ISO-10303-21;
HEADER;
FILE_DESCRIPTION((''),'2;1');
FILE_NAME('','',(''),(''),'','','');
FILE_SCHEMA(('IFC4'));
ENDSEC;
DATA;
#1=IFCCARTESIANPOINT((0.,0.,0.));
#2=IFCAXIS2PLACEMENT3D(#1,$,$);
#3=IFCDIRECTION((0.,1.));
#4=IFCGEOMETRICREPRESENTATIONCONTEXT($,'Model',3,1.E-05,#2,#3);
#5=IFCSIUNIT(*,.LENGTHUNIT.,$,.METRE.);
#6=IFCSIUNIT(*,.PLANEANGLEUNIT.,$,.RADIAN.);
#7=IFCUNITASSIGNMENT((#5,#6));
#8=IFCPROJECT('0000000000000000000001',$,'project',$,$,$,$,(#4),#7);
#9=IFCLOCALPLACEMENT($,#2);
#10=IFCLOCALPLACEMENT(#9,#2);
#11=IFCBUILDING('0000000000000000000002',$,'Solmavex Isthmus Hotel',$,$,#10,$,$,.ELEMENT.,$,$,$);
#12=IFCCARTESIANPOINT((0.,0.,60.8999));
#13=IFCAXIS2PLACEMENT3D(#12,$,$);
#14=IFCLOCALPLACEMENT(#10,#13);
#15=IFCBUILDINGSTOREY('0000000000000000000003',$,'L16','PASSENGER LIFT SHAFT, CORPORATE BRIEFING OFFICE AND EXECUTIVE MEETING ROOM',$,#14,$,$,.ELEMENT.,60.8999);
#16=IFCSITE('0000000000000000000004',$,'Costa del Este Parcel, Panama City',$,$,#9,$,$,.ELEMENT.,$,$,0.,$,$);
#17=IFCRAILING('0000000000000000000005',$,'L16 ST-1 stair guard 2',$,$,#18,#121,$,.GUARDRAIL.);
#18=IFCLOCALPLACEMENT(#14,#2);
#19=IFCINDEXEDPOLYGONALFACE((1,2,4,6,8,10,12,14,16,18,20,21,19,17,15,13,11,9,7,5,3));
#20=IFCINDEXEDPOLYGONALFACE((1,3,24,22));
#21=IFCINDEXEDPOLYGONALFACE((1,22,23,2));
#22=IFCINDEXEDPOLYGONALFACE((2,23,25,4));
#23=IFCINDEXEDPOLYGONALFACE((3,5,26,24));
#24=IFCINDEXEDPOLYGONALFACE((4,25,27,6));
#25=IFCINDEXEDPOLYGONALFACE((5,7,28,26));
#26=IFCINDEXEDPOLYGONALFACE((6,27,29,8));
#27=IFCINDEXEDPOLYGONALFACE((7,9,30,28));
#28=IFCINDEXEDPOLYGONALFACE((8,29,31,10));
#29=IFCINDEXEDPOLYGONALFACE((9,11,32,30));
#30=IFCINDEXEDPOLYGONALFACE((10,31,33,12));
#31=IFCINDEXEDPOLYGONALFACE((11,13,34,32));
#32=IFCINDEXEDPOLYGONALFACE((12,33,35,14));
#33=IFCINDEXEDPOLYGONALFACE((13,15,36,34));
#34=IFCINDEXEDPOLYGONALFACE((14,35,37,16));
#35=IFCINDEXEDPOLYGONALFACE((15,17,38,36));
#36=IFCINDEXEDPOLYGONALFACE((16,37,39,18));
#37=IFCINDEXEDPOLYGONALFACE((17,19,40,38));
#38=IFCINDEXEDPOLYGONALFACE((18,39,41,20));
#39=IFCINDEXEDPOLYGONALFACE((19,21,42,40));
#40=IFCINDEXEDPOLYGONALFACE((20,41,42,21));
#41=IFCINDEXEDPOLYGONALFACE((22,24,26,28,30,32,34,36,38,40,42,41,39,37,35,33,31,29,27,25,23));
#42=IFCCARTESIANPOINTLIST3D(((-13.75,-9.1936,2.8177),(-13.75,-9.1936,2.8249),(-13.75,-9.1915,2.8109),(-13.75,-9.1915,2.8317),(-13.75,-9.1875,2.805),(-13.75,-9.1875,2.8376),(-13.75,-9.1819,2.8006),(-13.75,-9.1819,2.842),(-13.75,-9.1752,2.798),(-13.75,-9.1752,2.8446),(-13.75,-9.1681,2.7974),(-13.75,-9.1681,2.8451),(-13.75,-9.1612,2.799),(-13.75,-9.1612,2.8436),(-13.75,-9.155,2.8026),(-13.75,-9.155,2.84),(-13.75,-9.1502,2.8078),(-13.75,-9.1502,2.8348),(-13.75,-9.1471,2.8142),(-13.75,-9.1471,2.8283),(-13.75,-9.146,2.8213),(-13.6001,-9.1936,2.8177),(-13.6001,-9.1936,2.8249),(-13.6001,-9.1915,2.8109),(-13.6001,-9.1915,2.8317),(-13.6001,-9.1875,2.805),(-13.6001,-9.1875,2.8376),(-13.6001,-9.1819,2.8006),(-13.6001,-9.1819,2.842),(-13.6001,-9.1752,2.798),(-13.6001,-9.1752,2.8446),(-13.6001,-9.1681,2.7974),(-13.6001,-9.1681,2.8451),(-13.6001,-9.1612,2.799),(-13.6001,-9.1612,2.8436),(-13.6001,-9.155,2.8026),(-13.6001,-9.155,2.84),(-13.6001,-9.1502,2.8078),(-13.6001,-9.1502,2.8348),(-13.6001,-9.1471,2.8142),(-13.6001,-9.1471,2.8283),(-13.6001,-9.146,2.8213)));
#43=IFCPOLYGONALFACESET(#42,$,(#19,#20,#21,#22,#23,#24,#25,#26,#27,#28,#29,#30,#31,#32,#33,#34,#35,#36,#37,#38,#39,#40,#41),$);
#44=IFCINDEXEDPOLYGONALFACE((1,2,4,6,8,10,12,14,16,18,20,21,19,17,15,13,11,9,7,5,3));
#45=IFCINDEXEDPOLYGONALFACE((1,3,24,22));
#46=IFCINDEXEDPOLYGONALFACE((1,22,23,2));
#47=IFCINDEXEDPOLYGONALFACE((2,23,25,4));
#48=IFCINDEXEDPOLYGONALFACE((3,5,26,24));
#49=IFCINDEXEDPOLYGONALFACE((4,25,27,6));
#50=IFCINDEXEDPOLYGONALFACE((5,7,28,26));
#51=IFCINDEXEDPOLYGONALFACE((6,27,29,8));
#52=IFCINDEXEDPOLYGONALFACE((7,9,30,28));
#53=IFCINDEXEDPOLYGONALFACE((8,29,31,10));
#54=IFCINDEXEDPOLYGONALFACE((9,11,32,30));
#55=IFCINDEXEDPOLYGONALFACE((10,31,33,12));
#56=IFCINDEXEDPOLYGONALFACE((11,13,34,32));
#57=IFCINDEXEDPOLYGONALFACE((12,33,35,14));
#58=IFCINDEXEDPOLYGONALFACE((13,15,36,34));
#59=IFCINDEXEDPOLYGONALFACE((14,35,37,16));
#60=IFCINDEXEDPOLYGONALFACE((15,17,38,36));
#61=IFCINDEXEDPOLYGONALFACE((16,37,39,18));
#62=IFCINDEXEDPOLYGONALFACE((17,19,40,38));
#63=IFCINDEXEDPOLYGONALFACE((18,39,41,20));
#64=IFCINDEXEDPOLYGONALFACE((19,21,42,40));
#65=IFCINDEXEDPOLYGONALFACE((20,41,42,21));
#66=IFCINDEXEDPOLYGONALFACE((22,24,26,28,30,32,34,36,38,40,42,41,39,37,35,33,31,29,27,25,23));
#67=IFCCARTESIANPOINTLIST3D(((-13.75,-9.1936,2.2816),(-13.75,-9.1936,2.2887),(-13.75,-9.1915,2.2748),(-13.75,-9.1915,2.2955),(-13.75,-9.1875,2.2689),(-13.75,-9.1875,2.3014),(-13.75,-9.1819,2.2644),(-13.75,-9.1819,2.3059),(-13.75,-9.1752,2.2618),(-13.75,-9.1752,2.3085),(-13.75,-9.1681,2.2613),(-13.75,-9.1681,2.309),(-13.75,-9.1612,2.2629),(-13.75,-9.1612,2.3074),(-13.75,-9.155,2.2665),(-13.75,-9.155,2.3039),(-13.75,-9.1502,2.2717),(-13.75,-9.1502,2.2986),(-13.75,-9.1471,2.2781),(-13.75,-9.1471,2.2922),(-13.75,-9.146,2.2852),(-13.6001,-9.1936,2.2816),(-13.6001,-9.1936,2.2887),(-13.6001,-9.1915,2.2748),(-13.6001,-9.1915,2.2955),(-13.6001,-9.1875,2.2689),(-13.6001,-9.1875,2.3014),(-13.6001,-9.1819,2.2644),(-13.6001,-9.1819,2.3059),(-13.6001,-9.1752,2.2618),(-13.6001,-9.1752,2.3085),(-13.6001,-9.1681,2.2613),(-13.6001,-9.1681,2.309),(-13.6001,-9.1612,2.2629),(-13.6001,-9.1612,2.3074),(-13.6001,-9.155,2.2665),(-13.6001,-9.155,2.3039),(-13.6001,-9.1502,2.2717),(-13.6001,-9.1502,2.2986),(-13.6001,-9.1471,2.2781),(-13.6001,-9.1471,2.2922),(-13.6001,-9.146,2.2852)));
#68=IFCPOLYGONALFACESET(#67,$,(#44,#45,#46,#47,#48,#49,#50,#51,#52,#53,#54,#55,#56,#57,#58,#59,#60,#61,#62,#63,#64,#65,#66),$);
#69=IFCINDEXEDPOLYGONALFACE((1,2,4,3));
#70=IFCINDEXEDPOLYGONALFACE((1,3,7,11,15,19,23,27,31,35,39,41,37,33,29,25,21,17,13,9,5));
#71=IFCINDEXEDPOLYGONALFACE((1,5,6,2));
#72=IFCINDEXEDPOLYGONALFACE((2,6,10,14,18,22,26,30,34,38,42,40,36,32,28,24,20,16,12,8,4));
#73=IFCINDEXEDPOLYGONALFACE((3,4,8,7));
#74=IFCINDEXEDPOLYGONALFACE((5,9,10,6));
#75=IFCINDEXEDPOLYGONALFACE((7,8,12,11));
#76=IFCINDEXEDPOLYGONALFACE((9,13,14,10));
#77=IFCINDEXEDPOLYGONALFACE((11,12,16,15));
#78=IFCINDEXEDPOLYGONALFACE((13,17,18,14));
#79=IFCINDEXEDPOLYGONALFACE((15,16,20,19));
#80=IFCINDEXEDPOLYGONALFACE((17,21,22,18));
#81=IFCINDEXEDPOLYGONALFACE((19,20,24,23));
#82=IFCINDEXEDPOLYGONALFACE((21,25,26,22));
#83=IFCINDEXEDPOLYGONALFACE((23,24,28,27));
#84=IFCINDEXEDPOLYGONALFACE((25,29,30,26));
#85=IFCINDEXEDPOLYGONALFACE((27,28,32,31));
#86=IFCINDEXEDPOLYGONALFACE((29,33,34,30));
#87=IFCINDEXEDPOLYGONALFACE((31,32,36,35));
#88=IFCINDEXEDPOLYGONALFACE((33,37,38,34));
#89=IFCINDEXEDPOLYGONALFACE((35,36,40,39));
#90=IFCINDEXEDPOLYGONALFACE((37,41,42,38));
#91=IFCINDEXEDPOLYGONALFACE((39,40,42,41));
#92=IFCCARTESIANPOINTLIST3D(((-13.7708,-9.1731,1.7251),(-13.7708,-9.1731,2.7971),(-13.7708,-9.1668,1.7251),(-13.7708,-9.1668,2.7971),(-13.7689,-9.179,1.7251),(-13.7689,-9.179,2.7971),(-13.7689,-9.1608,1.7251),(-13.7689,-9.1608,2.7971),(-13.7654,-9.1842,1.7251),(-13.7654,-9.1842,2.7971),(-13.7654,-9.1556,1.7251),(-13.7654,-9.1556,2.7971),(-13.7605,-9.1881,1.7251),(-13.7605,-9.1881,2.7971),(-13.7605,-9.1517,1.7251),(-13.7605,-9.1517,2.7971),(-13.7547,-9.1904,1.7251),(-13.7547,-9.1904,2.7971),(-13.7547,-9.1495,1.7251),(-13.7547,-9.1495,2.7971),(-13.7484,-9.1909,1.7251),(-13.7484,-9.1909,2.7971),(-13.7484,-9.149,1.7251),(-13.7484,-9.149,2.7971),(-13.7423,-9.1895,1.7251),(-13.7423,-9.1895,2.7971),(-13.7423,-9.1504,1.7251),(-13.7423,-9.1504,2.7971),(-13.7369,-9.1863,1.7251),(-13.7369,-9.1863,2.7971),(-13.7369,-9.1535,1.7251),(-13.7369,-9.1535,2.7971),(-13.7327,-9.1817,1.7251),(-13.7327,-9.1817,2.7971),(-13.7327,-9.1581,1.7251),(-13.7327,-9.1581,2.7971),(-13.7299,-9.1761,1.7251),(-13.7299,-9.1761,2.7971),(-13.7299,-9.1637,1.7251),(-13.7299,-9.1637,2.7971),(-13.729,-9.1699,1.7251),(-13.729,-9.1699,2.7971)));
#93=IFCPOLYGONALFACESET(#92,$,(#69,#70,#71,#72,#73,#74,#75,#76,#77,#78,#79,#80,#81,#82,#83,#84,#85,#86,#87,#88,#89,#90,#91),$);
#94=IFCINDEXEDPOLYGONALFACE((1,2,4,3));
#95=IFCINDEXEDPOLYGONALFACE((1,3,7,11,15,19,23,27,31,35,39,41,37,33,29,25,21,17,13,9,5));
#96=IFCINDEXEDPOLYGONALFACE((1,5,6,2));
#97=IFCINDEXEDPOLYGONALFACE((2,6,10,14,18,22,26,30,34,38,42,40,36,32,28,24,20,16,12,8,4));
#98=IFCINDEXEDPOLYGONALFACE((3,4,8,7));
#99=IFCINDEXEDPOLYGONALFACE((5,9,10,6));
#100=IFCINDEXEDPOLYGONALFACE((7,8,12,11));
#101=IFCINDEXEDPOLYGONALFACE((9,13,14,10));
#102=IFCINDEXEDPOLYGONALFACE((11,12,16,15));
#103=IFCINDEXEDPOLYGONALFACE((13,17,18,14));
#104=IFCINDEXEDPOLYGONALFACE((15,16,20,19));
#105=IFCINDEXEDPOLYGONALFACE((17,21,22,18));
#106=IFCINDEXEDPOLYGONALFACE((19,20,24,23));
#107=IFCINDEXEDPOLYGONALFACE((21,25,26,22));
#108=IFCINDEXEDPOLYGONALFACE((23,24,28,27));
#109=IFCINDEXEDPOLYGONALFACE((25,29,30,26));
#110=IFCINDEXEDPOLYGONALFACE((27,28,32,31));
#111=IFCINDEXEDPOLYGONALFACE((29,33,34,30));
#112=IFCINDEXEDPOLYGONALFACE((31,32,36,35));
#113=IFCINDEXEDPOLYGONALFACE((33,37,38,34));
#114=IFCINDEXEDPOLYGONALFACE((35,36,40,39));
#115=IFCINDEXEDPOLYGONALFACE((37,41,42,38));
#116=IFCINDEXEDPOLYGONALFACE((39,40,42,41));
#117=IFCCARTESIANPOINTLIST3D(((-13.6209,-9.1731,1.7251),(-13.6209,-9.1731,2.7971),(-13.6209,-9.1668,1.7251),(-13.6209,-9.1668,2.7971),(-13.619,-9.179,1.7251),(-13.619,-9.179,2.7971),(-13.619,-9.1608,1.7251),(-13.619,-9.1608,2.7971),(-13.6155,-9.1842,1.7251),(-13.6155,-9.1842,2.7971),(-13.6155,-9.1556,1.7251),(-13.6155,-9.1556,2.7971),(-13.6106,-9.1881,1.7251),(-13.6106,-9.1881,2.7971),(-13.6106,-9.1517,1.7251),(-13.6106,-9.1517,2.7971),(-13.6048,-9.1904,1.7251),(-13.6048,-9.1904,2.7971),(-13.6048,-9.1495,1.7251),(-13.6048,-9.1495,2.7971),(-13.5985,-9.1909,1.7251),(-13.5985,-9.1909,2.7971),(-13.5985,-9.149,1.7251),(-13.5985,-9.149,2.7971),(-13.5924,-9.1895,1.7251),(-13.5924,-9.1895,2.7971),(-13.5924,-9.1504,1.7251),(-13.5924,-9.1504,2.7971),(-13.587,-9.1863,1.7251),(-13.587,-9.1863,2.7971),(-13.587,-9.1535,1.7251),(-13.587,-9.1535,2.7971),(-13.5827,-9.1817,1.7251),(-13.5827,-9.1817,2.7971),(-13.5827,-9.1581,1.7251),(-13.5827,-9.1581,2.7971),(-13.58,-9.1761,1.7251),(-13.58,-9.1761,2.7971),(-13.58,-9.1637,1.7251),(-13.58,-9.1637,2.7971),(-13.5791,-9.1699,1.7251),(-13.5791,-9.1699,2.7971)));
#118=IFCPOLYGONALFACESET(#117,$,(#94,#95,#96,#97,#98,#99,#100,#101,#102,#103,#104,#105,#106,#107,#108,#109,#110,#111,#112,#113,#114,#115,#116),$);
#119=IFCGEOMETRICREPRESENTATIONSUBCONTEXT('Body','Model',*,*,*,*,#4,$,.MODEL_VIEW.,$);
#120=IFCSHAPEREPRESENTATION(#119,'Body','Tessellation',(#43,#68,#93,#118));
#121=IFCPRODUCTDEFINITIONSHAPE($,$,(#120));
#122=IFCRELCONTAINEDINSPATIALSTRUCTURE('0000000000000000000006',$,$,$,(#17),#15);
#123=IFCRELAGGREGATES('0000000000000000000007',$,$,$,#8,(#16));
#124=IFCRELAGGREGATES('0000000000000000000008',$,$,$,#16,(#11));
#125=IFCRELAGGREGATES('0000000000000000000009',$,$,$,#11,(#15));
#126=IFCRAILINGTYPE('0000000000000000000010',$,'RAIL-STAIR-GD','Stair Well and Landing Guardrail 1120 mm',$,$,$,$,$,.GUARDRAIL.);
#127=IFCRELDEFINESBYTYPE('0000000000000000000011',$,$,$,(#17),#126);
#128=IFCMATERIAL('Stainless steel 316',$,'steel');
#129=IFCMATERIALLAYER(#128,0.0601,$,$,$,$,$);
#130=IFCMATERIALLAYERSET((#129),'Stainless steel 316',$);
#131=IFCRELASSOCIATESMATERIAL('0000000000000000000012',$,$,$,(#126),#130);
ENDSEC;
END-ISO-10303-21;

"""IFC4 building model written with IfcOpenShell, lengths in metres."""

from ifc_helpers import new_model, si_unit, direction, frame, origin, origin_2d, place, context, subcontext, project, spatial, circle, extrude, material, layer, layer_set, type_object, element, save


model = new_model("IFC4")

# Units and contexts
model_context = context("Model", 3, precision=1e-05, world=origin(), true_north=direction((0.0, 1.0)))
body_context = subcontext(model_context, "Body", "Model", "MODEL_VIEW")
ifc_project = project(units=[si_unit("LENGTHUNIT", "METRE"), si_unit("PLANEANGLEUNIT", "RADIAN")], contexts=[model_context])

# Site, building, storey
site_placement = place(None, origin())
site = spatial("IfcSite", under=ifc_project, at=site_placement, Name="Costa del Este Parcel, Panama City", CompositionType="ELEMENT", RefElevation=0.0)
building_placement = place(site_placement, origin())
building = spatial("IfcBuilding", under=site, at=building_placement, Name="Solmavex Isthmus Hotel", CompositionType="ELEMENT")
storey_placement = place(building_placement, frame((0.0, 0.0, 60.8999)))
storey = spatial("IfcBuildingStorey", under=building, at=storey_placement, Name="L16", Description="PASSENGER LIFT SHAFT, CORPORATE BRIEFING OFFICE AND EXECUTIVE MEETING ROOM", CompositionType="ELEMENT", Elevation=60.8999)

# Shared definitions
ifc_material_1 = material(Name="Stainless steel 316", Category="steel")

# Railing
ifc_layer_1 = layer(ifc_material_1, 0.0601)
ifc_layer_set_1 = layer_set([ifc_layer_1], Name="Stainless steel 316")
railing_type_1 = type_object("IfcRailingType", Name="RAIL-STAIR-GD", Description="Stair Well and Landing Guardrail 1120 mm", PredefinedType="GUARDRAIL", material=ifc_layer_set_1)
railing_1_placement = place(storey_placement, frame((-13.75, -9.1699, 1.7251)))
element("IfcRailing", 1, at=railing_1_placement, inside=storey, type_object=railing_type_1, Name="L16 ST-1 stair guard 2", PredefinedType="GUARDRAIL", context=body_context, shape_type="SweptSolid", body=[
    extrude(circle(Radius=0.0239, at=origin_2d()), frame((0.0, 0.0, 1.0962), z_axis=(1.0, 0.0, 0.0), x_axis=(0.0, 1.0, 0.0)), (0.0, 0.0, 1.0), 0.1499),
    extrude(circle(Radius=0.0239, at=origin_2d()), frame((0.0, 0.0, 0.5601), z_axis=(1.0, 0.0, 0.0), x_axis=(0.0, 1.0, 0.0)), (0.0, 0.0, 1.0), 0.1499),
    extrude(circle(Radius=0.021, at=origin_2d()), origin(), (0.0, 0.0, 1.0), 1.072),
    extrude(circle(Radius=0.021, at=origin_2d()), frame((0.1499, 0.0, 0.0)), (0.0, 0.0, 1.0), 1.072),
])

save(model, "model.ifc")
